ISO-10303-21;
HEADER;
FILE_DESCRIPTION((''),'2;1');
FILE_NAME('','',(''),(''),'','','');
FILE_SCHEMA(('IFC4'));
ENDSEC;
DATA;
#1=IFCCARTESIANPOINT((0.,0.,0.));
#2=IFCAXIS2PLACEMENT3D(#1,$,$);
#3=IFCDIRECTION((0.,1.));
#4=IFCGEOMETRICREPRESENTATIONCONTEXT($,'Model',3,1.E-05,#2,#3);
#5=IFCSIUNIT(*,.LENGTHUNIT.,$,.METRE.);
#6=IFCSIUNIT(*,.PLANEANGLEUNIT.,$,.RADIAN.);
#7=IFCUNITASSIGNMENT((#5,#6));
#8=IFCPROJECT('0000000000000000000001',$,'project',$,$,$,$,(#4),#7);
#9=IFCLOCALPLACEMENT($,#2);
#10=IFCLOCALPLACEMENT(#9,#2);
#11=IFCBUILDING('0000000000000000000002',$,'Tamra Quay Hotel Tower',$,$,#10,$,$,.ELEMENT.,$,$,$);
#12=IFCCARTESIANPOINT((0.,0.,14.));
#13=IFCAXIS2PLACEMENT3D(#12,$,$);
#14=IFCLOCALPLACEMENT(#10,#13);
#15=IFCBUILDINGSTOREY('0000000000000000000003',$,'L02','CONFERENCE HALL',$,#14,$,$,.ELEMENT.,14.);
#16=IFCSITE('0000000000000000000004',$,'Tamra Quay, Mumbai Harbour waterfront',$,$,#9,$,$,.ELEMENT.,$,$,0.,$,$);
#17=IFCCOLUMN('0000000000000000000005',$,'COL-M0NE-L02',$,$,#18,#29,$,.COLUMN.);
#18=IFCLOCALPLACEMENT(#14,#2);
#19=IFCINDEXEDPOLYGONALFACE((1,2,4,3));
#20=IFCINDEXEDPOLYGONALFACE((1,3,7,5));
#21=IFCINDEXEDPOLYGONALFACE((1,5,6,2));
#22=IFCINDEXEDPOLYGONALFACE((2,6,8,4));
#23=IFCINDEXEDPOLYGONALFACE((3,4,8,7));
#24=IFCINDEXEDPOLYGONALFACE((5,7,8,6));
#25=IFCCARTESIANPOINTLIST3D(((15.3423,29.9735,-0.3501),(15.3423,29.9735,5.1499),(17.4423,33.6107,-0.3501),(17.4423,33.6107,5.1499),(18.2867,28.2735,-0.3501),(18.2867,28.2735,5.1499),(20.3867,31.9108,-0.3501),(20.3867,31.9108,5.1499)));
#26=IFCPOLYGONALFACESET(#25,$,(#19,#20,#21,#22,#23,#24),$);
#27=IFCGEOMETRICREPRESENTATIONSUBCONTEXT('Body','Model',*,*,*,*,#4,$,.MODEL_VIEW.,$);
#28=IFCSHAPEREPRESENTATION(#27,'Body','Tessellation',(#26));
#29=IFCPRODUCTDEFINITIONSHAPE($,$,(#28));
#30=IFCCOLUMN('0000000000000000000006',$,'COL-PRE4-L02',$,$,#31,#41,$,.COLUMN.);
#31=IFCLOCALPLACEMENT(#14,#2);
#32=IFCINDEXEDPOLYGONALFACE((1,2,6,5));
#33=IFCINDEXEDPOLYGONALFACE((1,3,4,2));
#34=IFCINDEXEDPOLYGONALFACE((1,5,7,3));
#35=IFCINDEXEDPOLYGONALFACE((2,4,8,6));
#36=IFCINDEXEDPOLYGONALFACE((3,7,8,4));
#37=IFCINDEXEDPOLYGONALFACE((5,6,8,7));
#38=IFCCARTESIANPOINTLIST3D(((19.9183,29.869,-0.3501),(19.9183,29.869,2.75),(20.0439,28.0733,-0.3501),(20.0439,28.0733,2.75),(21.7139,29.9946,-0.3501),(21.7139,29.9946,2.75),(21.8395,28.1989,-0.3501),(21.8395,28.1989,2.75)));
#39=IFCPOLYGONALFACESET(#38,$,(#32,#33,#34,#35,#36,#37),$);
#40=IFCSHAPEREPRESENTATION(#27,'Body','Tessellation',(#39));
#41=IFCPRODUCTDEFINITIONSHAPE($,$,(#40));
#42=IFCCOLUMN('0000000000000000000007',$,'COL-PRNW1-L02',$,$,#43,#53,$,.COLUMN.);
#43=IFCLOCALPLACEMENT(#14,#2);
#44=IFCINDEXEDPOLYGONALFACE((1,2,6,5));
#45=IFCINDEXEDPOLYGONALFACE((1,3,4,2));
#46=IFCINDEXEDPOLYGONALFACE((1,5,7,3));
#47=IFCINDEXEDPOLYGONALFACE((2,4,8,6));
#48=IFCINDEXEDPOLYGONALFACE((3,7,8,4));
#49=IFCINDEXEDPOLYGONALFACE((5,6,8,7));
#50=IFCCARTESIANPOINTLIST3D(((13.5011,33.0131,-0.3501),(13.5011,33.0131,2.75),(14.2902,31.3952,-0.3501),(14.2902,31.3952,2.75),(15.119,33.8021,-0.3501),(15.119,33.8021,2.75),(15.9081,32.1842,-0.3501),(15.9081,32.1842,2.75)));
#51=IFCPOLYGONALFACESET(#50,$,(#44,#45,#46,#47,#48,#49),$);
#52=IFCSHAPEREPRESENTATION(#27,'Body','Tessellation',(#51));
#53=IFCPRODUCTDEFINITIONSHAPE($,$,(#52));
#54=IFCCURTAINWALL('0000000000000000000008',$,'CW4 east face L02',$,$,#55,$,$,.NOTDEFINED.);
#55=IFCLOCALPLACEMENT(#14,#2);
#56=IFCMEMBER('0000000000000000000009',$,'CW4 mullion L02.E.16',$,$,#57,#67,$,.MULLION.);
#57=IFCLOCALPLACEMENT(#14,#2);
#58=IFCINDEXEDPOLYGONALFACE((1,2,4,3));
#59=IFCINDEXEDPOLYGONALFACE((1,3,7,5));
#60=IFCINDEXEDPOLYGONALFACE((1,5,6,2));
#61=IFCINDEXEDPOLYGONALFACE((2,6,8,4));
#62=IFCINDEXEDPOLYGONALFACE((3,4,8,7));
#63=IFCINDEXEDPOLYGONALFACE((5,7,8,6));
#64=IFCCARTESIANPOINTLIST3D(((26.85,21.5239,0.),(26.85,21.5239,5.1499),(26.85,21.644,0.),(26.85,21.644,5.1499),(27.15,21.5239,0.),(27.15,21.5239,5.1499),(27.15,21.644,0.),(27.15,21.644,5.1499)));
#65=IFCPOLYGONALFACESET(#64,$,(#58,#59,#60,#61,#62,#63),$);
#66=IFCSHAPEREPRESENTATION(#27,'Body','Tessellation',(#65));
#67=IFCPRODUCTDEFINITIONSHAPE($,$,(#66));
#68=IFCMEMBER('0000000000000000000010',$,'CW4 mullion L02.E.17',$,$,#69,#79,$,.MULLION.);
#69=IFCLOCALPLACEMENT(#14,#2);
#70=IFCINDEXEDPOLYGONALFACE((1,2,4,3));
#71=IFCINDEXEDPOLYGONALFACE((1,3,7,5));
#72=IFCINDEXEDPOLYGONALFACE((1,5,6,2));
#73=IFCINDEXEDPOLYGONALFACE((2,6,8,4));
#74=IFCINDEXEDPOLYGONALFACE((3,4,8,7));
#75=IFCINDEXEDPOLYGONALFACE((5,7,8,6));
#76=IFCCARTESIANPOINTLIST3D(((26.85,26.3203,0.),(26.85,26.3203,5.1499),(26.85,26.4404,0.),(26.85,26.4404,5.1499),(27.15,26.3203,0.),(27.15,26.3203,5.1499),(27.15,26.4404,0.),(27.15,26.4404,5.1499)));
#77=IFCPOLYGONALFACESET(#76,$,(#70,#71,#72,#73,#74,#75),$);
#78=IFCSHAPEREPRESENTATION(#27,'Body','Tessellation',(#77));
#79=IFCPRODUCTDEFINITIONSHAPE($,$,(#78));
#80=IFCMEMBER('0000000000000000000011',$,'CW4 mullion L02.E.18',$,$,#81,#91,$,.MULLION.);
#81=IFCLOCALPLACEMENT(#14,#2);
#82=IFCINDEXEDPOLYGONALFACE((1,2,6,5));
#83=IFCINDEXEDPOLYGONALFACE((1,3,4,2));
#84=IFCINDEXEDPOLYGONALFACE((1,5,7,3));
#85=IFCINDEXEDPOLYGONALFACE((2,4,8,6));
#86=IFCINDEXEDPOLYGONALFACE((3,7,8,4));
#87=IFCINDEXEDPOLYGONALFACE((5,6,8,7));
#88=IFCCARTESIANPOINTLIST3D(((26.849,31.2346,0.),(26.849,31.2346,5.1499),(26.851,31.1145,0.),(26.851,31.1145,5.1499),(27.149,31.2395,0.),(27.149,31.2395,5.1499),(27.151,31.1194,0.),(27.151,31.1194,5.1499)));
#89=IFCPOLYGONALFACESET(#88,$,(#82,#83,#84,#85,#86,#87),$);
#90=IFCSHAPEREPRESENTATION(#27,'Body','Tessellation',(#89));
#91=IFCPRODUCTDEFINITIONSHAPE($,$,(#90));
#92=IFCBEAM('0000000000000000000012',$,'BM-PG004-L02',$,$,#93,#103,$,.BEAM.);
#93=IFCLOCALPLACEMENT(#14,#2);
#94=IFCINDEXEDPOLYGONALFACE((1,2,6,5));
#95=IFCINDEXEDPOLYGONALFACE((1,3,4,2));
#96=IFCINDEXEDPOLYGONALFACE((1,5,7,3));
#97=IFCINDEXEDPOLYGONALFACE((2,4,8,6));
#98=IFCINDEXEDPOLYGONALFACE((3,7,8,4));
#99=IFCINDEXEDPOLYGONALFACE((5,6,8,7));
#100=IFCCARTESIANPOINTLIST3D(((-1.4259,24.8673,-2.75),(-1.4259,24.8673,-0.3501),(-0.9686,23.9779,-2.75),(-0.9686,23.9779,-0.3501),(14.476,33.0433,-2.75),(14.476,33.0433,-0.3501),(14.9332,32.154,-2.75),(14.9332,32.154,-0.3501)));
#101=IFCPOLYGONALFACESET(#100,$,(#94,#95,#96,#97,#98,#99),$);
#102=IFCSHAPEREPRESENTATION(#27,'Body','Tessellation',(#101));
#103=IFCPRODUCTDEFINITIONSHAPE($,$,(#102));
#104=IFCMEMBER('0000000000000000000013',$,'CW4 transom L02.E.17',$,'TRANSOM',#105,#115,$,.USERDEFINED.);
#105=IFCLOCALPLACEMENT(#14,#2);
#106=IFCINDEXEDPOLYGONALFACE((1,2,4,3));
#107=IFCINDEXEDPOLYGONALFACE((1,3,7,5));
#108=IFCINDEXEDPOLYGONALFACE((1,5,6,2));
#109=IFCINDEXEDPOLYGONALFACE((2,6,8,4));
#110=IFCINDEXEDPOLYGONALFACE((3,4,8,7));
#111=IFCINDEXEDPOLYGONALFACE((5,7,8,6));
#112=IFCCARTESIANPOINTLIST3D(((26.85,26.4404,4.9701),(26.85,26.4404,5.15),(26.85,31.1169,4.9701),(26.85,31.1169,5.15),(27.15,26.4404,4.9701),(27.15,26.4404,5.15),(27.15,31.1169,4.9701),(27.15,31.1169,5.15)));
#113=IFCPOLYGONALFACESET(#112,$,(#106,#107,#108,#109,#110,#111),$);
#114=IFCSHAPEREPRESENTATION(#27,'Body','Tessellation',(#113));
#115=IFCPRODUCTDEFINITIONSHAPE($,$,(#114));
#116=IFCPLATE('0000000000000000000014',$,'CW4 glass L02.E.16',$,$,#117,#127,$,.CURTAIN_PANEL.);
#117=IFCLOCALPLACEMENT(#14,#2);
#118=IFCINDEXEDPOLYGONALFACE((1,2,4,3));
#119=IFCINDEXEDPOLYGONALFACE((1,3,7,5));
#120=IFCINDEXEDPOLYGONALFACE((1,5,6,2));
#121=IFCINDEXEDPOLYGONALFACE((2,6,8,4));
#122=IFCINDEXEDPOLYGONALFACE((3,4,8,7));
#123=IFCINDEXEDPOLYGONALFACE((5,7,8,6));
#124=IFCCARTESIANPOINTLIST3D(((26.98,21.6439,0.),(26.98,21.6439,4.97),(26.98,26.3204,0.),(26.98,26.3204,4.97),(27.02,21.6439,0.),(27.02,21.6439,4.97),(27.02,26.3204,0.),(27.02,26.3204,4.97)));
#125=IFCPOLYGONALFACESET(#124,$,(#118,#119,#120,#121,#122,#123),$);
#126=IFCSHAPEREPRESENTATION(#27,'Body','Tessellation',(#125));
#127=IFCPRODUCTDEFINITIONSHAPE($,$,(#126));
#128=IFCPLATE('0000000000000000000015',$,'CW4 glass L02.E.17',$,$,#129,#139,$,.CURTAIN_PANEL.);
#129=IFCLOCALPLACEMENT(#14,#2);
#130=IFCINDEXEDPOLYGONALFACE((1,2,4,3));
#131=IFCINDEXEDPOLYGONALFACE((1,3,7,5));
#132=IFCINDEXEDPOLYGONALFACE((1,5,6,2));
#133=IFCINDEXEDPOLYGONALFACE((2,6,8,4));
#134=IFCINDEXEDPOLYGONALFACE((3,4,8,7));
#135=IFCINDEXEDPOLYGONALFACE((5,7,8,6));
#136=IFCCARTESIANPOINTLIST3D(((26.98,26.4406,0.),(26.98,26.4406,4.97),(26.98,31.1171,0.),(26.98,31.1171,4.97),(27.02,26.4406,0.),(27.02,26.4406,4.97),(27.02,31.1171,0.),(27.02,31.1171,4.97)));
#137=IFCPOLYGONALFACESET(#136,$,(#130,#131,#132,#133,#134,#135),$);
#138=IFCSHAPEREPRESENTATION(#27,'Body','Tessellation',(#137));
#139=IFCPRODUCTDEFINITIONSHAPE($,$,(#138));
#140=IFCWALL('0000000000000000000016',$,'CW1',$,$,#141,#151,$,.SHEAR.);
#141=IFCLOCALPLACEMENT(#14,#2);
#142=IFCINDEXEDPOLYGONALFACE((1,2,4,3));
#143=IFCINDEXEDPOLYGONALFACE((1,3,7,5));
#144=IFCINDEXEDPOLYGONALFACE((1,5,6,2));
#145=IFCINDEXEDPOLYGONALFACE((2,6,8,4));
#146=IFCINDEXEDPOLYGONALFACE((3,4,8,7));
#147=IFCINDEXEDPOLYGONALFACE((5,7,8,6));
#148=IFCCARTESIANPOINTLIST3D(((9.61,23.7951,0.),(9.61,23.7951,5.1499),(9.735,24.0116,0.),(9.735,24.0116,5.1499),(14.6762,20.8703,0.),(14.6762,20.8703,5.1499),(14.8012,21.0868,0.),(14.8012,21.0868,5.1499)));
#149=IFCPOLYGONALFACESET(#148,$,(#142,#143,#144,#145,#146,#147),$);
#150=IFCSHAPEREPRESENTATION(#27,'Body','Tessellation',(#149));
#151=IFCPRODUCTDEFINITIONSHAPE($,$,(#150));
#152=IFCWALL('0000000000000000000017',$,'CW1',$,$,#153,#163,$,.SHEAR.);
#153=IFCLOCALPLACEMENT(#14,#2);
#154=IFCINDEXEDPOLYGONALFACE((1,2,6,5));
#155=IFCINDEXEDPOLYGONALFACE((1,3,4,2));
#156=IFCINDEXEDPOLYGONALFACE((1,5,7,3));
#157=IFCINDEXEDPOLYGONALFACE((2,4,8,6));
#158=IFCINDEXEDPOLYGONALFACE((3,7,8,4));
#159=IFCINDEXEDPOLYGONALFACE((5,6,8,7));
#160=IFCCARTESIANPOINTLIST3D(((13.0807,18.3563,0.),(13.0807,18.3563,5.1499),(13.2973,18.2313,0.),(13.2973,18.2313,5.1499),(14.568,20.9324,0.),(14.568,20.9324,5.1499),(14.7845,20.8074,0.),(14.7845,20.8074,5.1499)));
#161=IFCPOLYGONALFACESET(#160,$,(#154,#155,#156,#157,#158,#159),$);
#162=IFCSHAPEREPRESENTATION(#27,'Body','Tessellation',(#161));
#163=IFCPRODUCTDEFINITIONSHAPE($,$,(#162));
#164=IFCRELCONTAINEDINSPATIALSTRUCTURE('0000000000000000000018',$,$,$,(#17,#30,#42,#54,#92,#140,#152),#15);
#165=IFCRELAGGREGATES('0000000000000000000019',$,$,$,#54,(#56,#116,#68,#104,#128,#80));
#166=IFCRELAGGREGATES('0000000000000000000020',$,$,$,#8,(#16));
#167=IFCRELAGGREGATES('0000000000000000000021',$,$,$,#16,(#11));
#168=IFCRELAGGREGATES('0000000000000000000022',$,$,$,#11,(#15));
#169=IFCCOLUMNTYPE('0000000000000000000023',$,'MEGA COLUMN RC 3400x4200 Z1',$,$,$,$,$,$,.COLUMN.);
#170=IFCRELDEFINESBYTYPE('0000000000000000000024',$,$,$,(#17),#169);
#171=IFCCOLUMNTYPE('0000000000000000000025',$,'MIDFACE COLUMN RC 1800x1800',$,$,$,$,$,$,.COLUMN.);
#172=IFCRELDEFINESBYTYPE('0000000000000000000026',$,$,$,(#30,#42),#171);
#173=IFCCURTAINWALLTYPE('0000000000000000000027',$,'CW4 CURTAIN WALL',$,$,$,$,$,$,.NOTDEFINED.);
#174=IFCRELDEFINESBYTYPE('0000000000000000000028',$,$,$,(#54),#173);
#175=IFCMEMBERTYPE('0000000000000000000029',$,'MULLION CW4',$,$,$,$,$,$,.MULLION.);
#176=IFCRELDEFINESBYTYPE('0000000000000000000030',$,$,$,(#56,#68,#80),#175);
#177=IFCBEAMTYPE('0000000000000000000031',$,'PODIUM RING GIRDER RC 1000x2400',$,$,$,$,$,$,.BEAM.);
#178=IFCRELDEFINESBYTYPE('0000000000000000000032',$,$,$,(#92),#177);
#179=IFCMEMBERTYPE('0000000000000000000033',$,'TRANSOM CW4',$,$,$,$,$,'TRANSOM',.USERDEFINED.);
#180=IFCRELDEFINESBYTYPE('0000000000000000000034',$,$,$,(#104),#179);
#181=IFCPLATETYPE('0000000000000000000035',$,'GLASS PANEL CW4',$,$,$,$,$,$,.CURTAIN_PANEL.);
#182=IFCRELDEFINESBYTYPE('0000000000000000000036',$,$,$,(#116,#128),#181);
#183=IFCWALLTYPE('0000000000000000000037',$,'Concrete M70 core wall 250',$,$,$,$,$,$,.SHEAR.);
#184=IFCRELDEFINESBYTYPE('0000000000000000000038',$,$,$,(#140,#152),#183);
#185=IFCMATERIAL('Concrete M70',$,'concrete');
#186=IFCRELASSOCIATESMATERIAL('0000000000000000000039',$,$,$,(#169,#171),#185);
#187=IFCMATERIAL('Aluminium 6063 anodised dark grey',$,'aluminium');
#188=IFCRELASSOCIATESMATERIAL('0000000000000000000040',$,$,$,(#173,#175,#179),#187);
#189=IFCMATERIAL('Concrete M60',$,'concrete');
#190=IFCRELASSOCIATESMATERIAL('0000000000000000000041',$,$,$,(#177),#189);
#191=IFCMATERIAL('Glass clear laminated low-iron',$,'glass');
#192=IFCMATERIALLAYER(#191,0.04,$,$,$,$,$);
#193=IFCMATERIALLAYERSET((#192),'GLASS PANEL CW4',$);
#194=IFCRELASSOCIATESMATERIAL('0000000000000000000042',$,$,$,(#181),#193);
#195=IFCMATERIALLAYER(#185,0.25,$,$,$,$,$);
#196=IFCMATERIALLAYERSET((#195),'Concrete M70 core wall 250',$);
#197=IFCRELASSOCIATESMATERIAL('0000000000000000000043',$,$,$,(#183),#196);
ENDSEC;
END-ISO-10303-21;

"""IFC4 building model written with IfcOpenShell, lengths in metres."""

from ifc_helpers import new_model, si_unit, direction, frame, frame_2d, origin, origin_2d, place, context, subcontext, project, spatial, rectangle, extrude, material, layer, layer_set, material_profile, profile_set, type_object, element, aggregate, save


model = new_model("IFC4")

# Units and contexts
model_context = context("Model", 3, precision=1e-05, world=origin(), true_north=direction((0.0, 1.0)))
body_context = subcontext(model_context, "Body", "Model", "MODEL_VIEW")
ifc_project = project(units=[si_unit("LENGTHUNIT", "METRE"), si_unit("PLANEANGLEUNIT", "RADIAN")], contexts=[model_context])

# Site, building, storey
site_placement = place(None, origin())
site = spatial("IfcSite", under=ifc_project, at=site_placement, Name="Tamra Quay, Mumbai Harbour waterfront", CompositionType="ELEMENT", RefElevation=0.0)
building_placement = place(site_placement, origin())
building = spatial("IfcBuilding", under=site, at=building_placement, Name="Tamra Quay Hotel Tower", CompositionType="ELEMENT")
storey_placement = place(building_placement, frame((0.0, 0.0, 14.0)))
storey = spatial("IfcBuildingStorey", under=building, at=storey_placement, Name="L02", Description="CONFERENCE HALL", CompositionType="ELEMENT", Elevation=14.0)

# Columns
ifc_material_1 = material(Name="Concrete M70", Category="concrete")
ifc_material_profile_1 = material_profile(ifc_material_1, rectangle(XDim=4.2, YDim=3.3999, at=origin_2d()), Name="MEGA COLUMN RC 3400x4200 Z1")
ifc_profile_set_1 = profile_set([ifc_material_profile_1], Name="Concrete M70")
column_type_1 = type_object("IfcColumnType", Name="MEGA COLUMN RC 3400x4200 Z1", PredefinedType="COLUMN", material=ifc_profile_set_1)
column_placement = place(storey_placement, frame((17.8645, 30.9421, -0.3501), z_axis=(0.0, 0.0, 1.0), x_axis=(0.5, 0.866025, 0.0)))
element("IfcColumn", 1, at=column_placement, inside=storey, type_object=column_type_1, Name="COL-M0NE-L02", PredefinedType="COLUMN", context=body_context, shape_type="SweptSolid", body=[
    extrude(rectangle(XDim=4.2, YDim=3.3999, at=origin_2d()), origin(), (0.0, 0.0, 1.0), 5.5),
])
ifc_material_profile_2 = material_profile(ifc_material_1, rectangle(XDim=1.8, YDim=1.8, at=origin_2d()), Name="MIDFACE COLUMN RC 1800x1800")
ifc_profile_set_2 = profile_set([ifc_material_profile_2], Name="Concrete M70")
column_type_2 = type_object("IfcColumnType", Name="MIDFACE COLUMN RC 1800x1800", PredefinedType="COLUMN", material=ifc_profile_set_2)
for number, where, z_axis, x_axis, name in (
    (2, (20.8789, 29.0339, -0.3501), (0.0, 0.0, 1.0), (0.997562, 0.06979, 0.0), "COL-PRE4-L02"),
    (3, (14.7046, 32.5986, -0.3501), (0.0, 0.0, 1.0), (-0.438341, 0.898809, 0.0), "COL-PRNW1-L02"),
):
    element("IfcColumn", number, at=place(storey_placement, frame(where, z_axis=z_axis, x_axis=x_axis)), inside=storey, type_object=column_type_2, Name=name, PredefinedType="COLUMN", context=body_context, shape_type="SweptSolid", body=[
        extrude(rectangle(XDim=1.8, YDim=1.8, at=origin_2d()), origin(), (0.0, 0.0, 1.0), 3.1001),
    ])

# Curtain wall, members
ifc_material_2 = material(Name="Aluminium 6063 anodised dark grey", Category="aluminium")
curtain_wall_type = type_object("IfcCurtainWallType", Name="CW4 CURTAIN WALL", PredefinedType="NOTDEFINED", material=ifc_material_2)
curtain_wall_placement = place(storey_placement, origin())
curtain_wall = element("IfcCurtainWall", 4, at=curtain_wall_placement, inside=storey, type_object=curtain_wall_type, Name="CW4 east face L02", PredefinedType="NOTDEFINED")
ifc_material_profile_3 = material_profile(ifc_material_2, rectangle(XDim=0.3, YDim=0.1201, at=origin_2d()), Name="MULLION 120X300")
ifc_profile_set_3 = profile_set([ifc_material_profile_3], Name="Aluminium 6063 anodised dark grey")
member_type_1 = type_object("IfcMemberType", Name="MULLION CW4", PredefinedType="MULLION", material=ifc_profile_set_3)
member_1_placement = place(storey_placement, frame((27.0, 21.584, 0.0), z_axis=(0.0, 0.0, 1.0), x_axis=(1.0, 0.0, 0.0)))
member_1 = element("IfcMember", 5, at=member_1_placement, type_object=member_type_1, Name="CW4 mullion L02.E.16", PredefinedType="MULLION", context=body_context, shape_type="SweptSolid", body=[
    extrude(rectangle(XDim=0.3, YDim=0.1201, at=origin_2d()), origin(), (0.0, 0.0, 1.0), 5.1499),
])
member_2_placement = place(storey_placement, frame((27.0, 26.3804, 0.0), z_axis=(0.0, 0.0, 1.0), x_axis=(1.0, 0.0, 0.0)))
member_2 = element("IfcMember", 6, at=member_2_placement, type_object=member_type_1, Name="CW4 mullion L02.E.17", PredefinedType="MULLION", context=body_context, shape_type="SweptSolid", body=[
    extrude(rectangle(XDim=0.3, YDim=0.1201, at=origin_2d()), origin(), (0.0, 0.0, 1.0), 5.1499),
])
member_3_placement = place(storey_placement, frame((27.0, 31.177, 0.0), z_axis=(0.0, 0.0, 1.0), x_axis=(0.999866, 0.016362, 0.0)))
member_3 = element("IfcMember", 7, at=member_3_placement, type_object=member_type_1, Name="CW4 mullion L02.E.18", PredefinedType="MULLION", context=body_context, shape_type="SweptSolid", body=[
    extrude(rectangle(XDim=0.3, YDim=0.1201, at=origin_2d()), origin(), (0.0, 0.0, 1.0), 5.1499),
])

# Beam
ifc_material_3 = material(Name="Concrete M60", Category="concrete")
ifc_material_profile_4 = material_profile(ifc_material_3, rectangle(XDim=1.0, YDim=2.3999, at=origin_2d()), Name="PODIUM RING GIRDER RC 1000x2400")
ifc_profile_set_4 = profile_set([ifc_material_profile_4], Name="Concrete M60")
beam_type = type_object("IfcBeamType", Name="PODIUM RING GIRDER RC 1000x2400", PredefinedType="BEAM", material=ifc_profile_set_4)
beam_placement = place(storey_placement, frame((14.7046, 32.5986, -1.55), z_axis=(-0.889335, -0.457256, 0.0), x_axis=(0.457256, -0.889335, 0.0)))
element("IfcBeam", 8, at=beam_placement, inside=storey, type_object=beam_type, Name="BM-PG004-L02", PredefinedType="BEAM", context=body_context, shape_type="SweptSolid", body=[
    extrude(rectangle(XDim=1.0, YDim=2.3999, at=origin_2d()), origin(), (0.0, 0.0, 1.0), 17.8806),
])

# Member
ifc_material_profile_5 = material_profile(ifc_material_2, rectangle(XDim=0.3, YDim=0.1799, at=origin_2d()), Name="TRANSOM 300X180")
ifc_profile_set_5 = profile_set([ifc_material_profile_5], Name="Aluminium 6063 anodised dark grey")
member_type_2 = type_object("IfcMemberType", Name="TRANSOM CW4", ElementType="TRANSOM", PredefinedType="USERDEFINED", material=ifc_profile_set_5)
member_4_placement = place(storey_placement, frame((27.0, 26.4404, 5.0601), z_axis=(0.0, 1.0, 0.0), x_axis=(-1.0, 0.0, 0.0)))
member_4 = element("IfcMember", 9, at=member_4_placement, type_object=member_type_2, Name="CW4 transom L02.E.17", ObjectType="TRANSOM", PredefinedType="USERDEFINED", context=body_context, shape_type="SweptSolid", body=[
    extrude(rectangle(XDim=0.3, YDim=0.1799, at=origin_2d()), origin(), (0.0, 0.0, 1.0), 4.6765),
])

# Plates
ifc_material_4 = material(Name="Glass clear laminated low-iron", Category="glass")
ifc_layer_1 = layer(ifc_material_4, 0.04)
ifc_layer_set_1 = layer_set([ifc_layer_1], Name="GLASS PANEL CW4")
plate_type = type_object("IfcPlateType", Name="GLASS PANEL CW4", PredefinedType="CURTAIN_PANEL", material=ifc_layer_set_1)
plate_1_placement = place(storey_placement, frame((27.0, 23.9822, 0.0), z_axis=(0.0, 0.0, 1.0), x_axis=(0.0, 1.0, 0.0)))
plate_1 = element("IfcPlate", 10, at=plate_1_placement, type_object=plate_type, Name="CW4 glass L02.E.16", PredefinedType="CURTAIN_PANEL", context=body_context, shape_type="SweptSolid", body=[
    extrude(rectangle(XDim=4.6765, YDim=0.04, at=origin_2d()), origin(), (0.0, 0.0, 1.0), 4.97),
])
plate_2_placement = place(storey_placement, frame((27.0, 28.7788, 0.0), z_axis=(0.0, 0.0, 1.0), x_axis=(0.0, 1.0, 0.0)))
plate_2 = element("IfcPlate", 11, at=plate_2_placement, type_object=plate_type, Name="CW4 glass L02.E.17", PredefinedType="CURTAIN_PANEL", context=body_context, shape_type="SweptSolid", body=[
    extrude(rectangle(XDim=4.6765, YDim=0.04, at=origin_2d()), origin(), (0.0, 0.0, 1.0), 4.97),
])
aggregate(curtain_wall, [member_1, plate_1, member_2, member_4, plate_2, member_3])

# Walls
ifc_layer_2 = layer(ifc_material_1, 0.25)
ifc_layer_set_2 = layer_set([ifc_layer_2], Name="Concrete M70 core wall 250")
wall_type_1 = type_object("IfcWallType", Name="Concrete M70 core wall 250", PredefinedType="SHEAR", material=ifc_layer_set_2)
wall_1_placement = place(storey_placement, frame((9.6726, 23.9033, 0.0), z_axis=(0.0, 0.0, 1.0), x_axis=(0.866036, -0.499981, 0.0)))
element("IfcWall", 12, at=wall_1_placement, inside=storey, type_object=wall_type_1, Name="CW1", PredefinedType="SHEAR", context=body_context, shape_type="SweptSolid", body=[
    extrude(rectangle(XDim=5.8499, YDim=0.25, at=frame_2d((2.9248, 0.0))), origin(), (0.0, 0.0, 1.0), 5.1499),
])
wall_2_placement = place(storey_placement, frame((14.6763, 20.8699, 0.0), z_axis=(0.0, 0.0, 1.0), x_axis=(-0.499988, -0.866033, 0.0)))
element("IfcWall", 13, at=wall_2_placement, inside=storey, type_object=wall_type_1, Name="CW1", PredefinedType="SHEAR", context=body_context, shape_type="SweptSolid", body=[
    extrude(rectangle(XDim=2.9746, YDim=0.25, at=frame_2d((1.4873, 0.0))), origin(), (0.0, 0.0, 1.0), 5.1499),
])

save(model, "model.ifc")
